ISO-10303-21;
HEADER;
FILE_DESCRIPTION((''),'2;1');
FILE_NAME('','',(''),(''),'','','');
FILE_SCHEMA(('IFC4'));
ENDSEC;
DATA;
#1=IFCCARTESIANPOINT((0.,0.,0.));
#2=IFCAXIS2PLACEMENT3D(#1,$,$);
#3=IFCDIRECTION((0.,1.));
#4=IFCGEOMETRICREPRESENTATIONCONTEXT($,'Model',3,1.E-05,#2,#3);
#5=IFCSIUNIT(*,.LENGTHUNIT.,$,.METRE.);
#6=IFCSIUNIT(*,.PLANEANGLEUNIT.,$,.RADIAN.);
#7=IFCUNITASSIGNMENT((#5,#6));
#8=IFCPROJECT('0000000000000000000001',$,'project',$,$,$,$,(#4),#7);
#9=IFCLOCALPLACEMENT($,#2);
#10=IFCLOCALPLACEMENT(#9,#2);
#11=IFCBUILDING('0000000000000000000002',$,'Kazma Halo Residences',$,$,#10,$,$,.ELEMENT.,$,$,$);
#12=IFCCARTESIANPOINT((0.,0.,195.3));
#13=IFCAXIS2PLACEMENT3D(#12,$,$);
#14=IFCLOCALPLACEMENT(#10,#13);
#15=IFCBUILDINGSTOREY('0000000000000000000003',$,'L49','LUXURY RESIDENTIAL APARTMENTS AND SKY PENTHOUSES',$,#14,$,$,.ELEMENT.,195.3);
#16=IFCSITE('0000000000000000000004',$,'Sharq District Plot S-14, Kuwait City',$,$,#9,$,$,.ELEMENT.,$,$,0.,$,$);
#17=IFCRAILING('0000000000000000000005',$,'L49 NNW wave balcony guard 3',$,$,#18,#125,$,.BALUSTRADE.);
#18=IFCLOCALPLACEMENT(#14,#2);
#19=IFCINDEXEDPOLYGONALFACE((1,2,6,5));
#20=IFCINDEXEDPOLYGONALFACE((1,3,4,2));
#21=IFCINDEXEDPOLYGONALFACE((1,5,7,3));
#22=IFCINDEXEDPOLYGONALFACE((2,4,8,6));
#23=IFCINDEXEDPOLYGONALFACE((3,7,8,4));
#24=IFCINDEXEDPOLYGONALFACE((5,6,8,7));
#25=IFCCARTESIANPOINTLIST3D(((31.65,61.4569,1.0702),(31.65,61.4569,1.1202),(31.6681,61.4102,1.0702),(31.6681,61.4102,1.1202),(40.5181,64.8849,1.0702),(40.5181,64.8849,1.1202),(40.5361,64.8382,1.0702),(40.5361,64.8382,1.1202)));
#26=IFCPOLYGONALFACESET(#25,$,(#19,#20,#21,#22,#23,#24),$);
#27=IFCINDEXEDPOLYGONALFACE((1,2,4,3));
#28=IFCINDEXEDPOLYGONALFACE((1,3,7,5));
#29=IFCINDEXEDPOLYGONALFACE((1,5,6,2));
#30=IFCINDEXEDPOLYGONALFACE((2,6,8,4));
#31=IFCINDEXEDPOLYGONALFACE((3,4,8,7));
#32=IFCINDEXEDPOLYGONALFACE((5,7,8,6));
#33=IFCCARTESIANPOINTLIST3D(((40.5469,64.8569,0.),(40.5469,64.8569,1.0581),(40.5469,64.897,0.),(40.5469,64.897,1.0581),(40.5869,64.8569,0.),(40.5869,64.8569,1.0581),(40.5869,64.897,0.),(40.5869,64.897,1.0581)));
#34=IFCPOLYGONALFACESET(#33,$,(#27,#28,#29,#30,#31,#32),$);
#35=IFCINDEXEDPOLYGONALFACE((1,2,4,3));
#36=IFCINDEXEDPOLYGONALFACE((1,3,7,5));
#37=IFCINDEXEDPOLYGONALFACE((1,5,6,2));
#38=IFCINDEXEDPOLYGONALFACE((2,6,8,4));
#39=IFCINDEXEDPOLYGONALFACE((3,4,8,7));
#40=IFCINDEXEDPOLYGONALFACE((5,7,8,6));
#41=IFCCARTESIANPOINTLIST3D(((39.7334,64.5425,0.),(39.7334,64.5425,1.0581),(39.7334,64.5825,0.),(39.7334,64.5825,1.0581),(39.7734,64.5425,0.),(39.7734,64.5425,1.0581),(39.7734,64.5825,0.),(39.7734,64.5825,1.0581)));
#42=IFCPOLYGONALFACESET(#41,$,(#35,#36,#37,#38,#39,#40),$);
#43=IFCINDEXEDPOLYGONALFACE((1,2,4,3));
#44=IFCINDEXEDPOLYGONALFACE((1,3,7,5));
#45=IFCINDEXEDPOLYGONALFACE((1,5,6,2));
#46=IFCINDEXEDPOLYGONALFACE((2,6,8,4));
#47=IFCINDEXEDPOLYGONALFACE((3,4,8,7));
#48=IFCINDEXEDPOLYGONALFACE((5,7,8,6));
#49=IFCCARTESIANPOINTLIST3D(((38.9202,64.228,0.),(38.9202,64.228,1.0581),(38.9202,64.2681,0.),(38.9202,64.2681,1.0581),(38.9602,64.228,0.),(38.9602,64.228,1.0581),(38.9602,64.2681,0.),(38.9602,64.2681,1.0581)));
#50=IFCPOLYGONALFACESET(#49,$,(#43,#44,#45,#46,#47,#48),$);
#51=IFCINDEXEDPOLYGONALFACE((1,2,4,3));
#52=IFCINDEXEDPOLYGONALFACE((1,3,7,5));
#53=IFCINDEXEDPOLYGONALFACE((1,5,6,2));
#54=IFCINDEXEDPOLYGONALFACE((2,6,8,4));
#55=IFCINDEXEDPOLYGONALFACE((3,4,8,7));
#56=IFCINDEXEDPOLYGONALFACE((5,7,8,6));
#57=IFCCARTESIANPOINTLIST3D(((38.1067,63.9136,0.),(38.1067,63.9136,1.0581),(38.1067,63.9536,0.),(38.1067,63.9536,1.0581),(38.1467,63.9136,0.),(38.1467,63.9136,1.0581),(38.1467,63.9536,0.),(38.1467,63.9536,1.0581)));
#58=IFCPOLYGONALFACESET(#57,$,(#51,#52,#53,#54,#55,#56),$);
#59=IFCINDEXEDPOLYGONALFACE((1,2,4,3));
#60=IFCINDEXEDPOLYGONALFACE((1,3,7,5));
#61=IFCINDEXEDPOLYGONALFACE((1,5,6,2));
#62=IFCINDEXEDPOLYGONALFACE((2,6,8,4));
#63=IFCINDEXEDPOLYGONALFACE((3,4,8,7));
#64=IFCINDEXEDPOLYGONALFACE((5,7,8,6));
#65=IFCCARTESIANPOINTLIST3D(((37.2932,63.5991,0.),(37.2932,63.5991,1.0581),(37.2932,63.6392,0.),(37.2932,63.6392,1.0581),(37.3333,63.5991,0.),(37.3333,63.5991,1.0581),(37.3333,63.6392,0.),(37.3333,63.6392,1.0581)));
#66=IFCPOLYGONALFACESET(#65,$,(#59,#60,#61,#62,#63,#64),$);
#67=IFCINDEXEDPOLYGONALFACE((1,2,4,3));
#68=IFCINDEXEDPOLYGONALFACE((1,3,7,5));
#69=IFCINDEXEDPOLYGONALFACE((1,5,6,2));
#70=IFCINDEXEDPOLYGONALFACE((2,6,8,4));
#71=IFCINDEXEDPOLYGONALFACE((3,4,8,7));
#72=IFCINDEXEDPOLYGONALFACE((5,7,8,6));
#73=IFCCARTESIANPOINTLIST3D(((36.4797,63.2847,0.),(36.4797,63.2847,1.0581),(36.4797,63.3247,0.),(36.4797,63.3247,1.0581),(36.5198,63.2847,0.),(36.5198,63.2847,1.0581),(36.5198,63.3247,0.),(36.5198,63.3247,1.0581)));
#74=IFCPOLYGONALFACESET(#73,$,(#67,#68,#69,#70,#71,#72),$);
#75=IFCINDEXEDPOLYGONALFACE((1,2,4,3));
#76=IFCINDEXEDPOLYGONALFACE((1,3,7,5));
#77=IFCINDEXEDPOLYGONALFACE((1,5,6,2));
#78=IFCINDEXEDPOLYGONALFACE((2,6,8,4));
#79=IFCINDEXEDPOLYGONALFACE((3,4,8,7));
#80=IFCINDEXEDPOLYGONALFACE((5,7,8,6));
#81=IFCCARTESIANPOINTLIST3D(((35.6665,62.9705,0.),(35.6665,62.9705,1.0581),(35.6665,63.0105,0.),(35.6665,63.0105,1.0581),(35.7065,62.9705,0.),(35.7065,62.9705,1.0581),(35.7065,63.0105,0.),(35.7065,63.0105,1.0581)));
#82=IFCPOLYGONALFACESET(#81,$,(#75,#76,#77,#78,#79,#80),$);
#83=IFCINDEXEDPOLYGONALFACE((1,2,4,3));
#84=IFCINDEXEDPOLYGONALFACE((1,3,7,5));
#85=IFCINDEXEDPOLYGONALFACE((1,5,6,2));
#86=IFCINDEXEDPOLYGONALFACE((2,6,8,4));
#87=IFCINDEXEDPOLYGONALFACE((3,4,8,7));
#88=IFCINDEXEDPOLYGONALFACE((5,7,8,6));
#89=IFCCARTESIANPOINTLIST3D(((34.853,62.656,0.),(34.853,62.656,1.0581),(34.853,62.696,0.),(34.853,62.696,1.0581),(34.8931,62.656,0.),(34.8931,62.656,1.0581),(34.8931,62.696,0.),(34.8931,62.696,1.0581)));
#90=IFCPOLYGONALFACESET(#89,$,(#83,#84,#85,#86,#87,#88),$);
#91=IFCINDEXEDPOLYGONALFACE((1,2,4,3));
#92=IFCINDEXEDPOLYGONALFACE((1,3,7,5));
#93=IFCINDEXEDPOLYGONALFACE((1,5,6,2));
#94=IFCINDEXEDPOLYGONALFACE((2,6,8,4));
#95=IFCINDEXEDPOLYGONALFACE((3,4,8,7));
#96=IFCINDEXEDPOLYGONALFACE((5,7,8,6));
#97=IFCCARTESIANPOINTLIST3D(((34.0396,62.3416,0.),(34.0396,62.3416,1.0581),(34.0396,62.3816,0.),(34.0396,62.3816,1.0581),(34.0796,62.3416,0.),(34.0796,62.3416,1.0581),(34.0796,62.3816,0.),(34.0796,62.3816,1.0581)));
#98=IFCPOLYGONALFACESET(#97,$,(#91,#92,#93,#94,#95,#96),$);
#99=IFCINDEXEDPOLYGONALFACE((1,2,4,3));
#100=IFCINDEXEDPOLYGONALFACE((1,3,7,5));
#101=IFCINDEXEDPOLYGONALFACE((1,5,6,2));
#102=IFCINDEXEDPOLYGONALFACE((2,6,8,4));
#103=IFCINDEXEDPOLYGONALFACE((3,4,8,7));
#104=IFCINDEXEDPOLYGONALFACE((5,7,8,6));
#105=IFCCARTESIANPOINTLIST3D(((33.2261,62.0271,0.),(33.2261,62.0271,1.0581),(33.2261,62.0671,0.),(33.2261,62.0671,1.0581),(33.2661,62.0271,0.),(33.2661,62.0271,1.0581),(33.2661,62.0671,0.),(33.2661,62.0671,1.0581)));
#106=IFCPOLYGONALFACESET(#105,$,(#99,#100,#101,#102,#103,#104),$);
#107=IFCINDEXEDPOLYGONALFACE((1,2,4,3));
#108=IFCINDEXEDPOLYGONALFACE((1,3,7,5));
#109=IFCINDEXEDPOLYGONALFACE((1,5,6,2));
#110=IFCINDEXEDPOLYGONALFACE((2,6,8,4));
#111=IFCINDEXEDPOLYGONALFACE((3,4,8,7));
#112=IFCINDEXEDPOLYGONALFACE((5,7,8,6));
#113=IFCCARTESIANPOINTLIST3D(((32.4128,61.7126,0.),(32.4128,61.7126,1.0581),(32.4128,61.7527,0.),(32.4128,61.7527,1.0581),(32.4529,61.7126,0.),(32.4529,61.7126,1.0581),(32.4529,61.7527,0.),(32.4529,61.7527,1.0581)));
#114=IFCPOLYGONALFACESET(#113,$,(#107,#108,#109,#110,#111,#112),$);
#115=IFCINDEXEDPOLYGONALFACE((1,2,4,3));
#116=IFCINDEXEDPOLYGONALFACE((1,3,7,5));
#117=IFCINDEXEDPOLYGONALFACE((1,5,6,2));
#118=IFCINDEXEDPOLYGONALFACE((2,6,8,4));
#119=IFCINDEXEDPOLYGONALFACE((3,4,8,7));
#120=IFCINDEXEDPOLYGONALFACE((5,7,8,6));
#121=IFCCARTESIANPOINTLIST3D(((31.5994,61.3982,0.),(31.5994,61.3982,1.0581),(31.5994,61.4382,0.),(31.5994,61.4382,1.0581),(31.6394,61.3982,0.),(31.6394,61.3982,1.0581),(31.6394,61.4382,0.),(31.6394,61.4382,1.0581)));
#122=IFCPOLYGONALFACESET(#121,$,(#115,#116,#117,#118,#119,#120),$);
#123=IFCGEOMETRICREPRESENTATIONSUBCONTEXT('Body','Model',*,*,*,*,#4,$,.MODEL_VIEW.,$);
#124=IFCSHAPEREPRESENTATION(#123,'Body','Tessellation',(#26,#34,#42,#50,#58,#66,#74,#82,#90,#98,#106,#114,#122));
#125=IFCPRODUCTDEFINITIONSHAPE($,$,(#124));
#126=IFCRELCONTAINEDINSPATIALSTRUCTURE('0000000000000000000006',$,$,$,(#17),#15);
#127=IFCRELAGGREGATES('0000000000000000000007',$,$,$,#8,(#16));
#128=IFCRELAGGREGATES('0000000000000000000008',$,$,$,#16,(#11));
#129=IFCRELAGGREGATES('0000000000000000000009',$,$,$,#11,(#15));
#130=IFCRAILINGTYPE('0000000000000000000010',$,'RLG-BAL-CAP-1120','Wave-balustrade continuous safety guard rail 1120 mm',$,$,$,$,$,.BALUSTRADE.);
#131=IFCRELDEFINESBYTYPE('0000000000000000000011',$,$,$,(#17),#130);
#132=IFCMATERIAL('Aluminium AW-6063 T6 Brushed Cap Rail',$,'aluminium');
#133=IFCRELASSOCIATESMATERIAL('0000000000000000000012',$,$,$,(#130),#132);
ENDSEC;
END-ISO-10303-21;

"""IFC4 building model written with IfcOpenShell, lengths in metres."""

from ifc_helpers import new_model, si_unit, direction, frame, origin, origin_2d, place, context, subcontext, project, spatial, rectangle, extrude, material, type_object, element, save


model = new_model("IFC4")

# Units and contexts
model_context = context("Model", 3, precision=1e-05, world=origin(), true_north=direction((0.0, 1.0)))
body_context = subcontext(model_context, "Body", "Model", "MODEL_VIEW")
ifc_project = project(units=[si_unit("LENGTHUNIT", "METRE"), si_unit("PLANEANGLEUNIT", "RADIAN")], contexts=[model_context])

# Site, building, storey
site_placement = place(None, origin())
site = spatial("IfcSite", under=ifc_project, at=site_placement, Name="Sharq District Plot S-14, Kuwait City", CompositionType="ELEMENT", RefElevation=0.0)
building_placement = place(site_placement, origin())
building = spatial("IfcBuilding", under=site, at=building_placement, Name="Kazma Halo Residences", CompositionType="ELEMENT")
storey_placement = place(building_placement, frame((0.0, 0.0, 195.3)))
storey = spatial("IfcBuildingStorey", under=building, at=storey_placement, Name="L49", Description="LUXURY RESIDENTIAL APARTMENTS AND SKY PENTHOUSES", CompositionType="ELEMENT", Elevation=195.3)

# Railing
ifc_material_1 = material(Name="Aluminium AW-6063 T6 Brushed Cap Rail", Category="aluminium")
railing_type = type_object("IfcRailingType", Name="RLG-BAL-CAP-1120", Description="Wave-balustrade continuous safety guard rail 1120 mm", PredefinedType="BALUSTRADE", material=ifc_material_1)
railing_placement = place(storey_placement, frame((40.5669, 64.877, 0.0)))
element("IfcRailing", 1, at=railing_placement, inside=storey, type_object=railing_type, Name="L49 NNW wave balcony guard 3", PredefinedType="BALUSTRADE", context=body_context, shape_type="SweptSolid", body=[
    extrude(rectangle(XDim=0.05, YDim=0.05, at=origin_2d()), frame((-0.0398, -0.0154, 1.0952), z_axis=(-0.932737, -0.360558, 0.0), x_axis=(0.360558, -0.932737, 0.0)), (0.0, 0.0, 1.0), 9.5076),
    extrude(rectangle(XDim=0.04, YDim=0.04, at=origin_2d()), origin(), (0.0, 0.0, 1.0), 1.0581),
    extrude(rectangle(XDim=0.04, YDim=0.04, at=origin_2d()), frame((-0.8135, -0.3145, 0.0)), (0.0, 0.0, 1.0), 1.0581),
    extrude(rectangle(XDim=0.04, YDim=0.04, at=origin_2d()), frame((-1.6267, -0.6289, 0.0)), (0.0, 0.0, 1.0), 1.0581),
    extrude(rectangle(XDim=0.04, YDim=0.04, at=origin_2d()), frame((-2.4402, -0.9434, 0.0)), (0.0, 0.0, 1.0), 1.0581),
    extrude(rectangle(XDim=0.04, YDim=0.04, at=origin_2d()), frame((-3.2537, -1.2578, 0.0)), (0.0, 0.0, 1.0), 1.0581),
    extrude(rectangle(XDim=0.04, YDim=0.04, at=origin_2d()), frame((-4.0671, -1.5723, 0.0)), (0.0, 0.0, 1.0), 1.0581),
    extrude(rectangle(XDim=0.04, YDim=0.04, at=origin_2d()), frame((-4.8804, -1.8865, 0.0)), (0.0, 0.0, 1.0), 1.0581),
    extrude(rectangle(XDim=0.04, YDim=0.04, at=origin_2d()), frame((-5.6938, -2.2009, 0.0)), (0.0, 0.0, 1.0), 1.0581),
    extrude(rectangle(XDim=0.04, YDim=0.04, at=origin_2d()), frame((-6.5073, -2.5154, 0.0)), (0.0, 0.0, 1.0), 1.0581),
    extrude(rectangle(XDim=0.04, YDim=0.04, at=origin_2d()), frame((-7.3208, -2.8298, 0.0)), (0.0, 0.0, 1.0), 1.0581),
    extrude(rectangle(XDim=0.04, YDim=0.04, at=origin_2d()), frame((-8.134, -3.1443, 0.0)), (0.0, 0.0, 1.0), 1.0581),
    extrude(rectangle(XDim=0.04, YDim=0.04, at=origin_2d()), frame((-8.9475, -3.4587, 0.0)), (0.0, 0.0, 1.0), 1.0581),
])

save(model, "model.ifc")
